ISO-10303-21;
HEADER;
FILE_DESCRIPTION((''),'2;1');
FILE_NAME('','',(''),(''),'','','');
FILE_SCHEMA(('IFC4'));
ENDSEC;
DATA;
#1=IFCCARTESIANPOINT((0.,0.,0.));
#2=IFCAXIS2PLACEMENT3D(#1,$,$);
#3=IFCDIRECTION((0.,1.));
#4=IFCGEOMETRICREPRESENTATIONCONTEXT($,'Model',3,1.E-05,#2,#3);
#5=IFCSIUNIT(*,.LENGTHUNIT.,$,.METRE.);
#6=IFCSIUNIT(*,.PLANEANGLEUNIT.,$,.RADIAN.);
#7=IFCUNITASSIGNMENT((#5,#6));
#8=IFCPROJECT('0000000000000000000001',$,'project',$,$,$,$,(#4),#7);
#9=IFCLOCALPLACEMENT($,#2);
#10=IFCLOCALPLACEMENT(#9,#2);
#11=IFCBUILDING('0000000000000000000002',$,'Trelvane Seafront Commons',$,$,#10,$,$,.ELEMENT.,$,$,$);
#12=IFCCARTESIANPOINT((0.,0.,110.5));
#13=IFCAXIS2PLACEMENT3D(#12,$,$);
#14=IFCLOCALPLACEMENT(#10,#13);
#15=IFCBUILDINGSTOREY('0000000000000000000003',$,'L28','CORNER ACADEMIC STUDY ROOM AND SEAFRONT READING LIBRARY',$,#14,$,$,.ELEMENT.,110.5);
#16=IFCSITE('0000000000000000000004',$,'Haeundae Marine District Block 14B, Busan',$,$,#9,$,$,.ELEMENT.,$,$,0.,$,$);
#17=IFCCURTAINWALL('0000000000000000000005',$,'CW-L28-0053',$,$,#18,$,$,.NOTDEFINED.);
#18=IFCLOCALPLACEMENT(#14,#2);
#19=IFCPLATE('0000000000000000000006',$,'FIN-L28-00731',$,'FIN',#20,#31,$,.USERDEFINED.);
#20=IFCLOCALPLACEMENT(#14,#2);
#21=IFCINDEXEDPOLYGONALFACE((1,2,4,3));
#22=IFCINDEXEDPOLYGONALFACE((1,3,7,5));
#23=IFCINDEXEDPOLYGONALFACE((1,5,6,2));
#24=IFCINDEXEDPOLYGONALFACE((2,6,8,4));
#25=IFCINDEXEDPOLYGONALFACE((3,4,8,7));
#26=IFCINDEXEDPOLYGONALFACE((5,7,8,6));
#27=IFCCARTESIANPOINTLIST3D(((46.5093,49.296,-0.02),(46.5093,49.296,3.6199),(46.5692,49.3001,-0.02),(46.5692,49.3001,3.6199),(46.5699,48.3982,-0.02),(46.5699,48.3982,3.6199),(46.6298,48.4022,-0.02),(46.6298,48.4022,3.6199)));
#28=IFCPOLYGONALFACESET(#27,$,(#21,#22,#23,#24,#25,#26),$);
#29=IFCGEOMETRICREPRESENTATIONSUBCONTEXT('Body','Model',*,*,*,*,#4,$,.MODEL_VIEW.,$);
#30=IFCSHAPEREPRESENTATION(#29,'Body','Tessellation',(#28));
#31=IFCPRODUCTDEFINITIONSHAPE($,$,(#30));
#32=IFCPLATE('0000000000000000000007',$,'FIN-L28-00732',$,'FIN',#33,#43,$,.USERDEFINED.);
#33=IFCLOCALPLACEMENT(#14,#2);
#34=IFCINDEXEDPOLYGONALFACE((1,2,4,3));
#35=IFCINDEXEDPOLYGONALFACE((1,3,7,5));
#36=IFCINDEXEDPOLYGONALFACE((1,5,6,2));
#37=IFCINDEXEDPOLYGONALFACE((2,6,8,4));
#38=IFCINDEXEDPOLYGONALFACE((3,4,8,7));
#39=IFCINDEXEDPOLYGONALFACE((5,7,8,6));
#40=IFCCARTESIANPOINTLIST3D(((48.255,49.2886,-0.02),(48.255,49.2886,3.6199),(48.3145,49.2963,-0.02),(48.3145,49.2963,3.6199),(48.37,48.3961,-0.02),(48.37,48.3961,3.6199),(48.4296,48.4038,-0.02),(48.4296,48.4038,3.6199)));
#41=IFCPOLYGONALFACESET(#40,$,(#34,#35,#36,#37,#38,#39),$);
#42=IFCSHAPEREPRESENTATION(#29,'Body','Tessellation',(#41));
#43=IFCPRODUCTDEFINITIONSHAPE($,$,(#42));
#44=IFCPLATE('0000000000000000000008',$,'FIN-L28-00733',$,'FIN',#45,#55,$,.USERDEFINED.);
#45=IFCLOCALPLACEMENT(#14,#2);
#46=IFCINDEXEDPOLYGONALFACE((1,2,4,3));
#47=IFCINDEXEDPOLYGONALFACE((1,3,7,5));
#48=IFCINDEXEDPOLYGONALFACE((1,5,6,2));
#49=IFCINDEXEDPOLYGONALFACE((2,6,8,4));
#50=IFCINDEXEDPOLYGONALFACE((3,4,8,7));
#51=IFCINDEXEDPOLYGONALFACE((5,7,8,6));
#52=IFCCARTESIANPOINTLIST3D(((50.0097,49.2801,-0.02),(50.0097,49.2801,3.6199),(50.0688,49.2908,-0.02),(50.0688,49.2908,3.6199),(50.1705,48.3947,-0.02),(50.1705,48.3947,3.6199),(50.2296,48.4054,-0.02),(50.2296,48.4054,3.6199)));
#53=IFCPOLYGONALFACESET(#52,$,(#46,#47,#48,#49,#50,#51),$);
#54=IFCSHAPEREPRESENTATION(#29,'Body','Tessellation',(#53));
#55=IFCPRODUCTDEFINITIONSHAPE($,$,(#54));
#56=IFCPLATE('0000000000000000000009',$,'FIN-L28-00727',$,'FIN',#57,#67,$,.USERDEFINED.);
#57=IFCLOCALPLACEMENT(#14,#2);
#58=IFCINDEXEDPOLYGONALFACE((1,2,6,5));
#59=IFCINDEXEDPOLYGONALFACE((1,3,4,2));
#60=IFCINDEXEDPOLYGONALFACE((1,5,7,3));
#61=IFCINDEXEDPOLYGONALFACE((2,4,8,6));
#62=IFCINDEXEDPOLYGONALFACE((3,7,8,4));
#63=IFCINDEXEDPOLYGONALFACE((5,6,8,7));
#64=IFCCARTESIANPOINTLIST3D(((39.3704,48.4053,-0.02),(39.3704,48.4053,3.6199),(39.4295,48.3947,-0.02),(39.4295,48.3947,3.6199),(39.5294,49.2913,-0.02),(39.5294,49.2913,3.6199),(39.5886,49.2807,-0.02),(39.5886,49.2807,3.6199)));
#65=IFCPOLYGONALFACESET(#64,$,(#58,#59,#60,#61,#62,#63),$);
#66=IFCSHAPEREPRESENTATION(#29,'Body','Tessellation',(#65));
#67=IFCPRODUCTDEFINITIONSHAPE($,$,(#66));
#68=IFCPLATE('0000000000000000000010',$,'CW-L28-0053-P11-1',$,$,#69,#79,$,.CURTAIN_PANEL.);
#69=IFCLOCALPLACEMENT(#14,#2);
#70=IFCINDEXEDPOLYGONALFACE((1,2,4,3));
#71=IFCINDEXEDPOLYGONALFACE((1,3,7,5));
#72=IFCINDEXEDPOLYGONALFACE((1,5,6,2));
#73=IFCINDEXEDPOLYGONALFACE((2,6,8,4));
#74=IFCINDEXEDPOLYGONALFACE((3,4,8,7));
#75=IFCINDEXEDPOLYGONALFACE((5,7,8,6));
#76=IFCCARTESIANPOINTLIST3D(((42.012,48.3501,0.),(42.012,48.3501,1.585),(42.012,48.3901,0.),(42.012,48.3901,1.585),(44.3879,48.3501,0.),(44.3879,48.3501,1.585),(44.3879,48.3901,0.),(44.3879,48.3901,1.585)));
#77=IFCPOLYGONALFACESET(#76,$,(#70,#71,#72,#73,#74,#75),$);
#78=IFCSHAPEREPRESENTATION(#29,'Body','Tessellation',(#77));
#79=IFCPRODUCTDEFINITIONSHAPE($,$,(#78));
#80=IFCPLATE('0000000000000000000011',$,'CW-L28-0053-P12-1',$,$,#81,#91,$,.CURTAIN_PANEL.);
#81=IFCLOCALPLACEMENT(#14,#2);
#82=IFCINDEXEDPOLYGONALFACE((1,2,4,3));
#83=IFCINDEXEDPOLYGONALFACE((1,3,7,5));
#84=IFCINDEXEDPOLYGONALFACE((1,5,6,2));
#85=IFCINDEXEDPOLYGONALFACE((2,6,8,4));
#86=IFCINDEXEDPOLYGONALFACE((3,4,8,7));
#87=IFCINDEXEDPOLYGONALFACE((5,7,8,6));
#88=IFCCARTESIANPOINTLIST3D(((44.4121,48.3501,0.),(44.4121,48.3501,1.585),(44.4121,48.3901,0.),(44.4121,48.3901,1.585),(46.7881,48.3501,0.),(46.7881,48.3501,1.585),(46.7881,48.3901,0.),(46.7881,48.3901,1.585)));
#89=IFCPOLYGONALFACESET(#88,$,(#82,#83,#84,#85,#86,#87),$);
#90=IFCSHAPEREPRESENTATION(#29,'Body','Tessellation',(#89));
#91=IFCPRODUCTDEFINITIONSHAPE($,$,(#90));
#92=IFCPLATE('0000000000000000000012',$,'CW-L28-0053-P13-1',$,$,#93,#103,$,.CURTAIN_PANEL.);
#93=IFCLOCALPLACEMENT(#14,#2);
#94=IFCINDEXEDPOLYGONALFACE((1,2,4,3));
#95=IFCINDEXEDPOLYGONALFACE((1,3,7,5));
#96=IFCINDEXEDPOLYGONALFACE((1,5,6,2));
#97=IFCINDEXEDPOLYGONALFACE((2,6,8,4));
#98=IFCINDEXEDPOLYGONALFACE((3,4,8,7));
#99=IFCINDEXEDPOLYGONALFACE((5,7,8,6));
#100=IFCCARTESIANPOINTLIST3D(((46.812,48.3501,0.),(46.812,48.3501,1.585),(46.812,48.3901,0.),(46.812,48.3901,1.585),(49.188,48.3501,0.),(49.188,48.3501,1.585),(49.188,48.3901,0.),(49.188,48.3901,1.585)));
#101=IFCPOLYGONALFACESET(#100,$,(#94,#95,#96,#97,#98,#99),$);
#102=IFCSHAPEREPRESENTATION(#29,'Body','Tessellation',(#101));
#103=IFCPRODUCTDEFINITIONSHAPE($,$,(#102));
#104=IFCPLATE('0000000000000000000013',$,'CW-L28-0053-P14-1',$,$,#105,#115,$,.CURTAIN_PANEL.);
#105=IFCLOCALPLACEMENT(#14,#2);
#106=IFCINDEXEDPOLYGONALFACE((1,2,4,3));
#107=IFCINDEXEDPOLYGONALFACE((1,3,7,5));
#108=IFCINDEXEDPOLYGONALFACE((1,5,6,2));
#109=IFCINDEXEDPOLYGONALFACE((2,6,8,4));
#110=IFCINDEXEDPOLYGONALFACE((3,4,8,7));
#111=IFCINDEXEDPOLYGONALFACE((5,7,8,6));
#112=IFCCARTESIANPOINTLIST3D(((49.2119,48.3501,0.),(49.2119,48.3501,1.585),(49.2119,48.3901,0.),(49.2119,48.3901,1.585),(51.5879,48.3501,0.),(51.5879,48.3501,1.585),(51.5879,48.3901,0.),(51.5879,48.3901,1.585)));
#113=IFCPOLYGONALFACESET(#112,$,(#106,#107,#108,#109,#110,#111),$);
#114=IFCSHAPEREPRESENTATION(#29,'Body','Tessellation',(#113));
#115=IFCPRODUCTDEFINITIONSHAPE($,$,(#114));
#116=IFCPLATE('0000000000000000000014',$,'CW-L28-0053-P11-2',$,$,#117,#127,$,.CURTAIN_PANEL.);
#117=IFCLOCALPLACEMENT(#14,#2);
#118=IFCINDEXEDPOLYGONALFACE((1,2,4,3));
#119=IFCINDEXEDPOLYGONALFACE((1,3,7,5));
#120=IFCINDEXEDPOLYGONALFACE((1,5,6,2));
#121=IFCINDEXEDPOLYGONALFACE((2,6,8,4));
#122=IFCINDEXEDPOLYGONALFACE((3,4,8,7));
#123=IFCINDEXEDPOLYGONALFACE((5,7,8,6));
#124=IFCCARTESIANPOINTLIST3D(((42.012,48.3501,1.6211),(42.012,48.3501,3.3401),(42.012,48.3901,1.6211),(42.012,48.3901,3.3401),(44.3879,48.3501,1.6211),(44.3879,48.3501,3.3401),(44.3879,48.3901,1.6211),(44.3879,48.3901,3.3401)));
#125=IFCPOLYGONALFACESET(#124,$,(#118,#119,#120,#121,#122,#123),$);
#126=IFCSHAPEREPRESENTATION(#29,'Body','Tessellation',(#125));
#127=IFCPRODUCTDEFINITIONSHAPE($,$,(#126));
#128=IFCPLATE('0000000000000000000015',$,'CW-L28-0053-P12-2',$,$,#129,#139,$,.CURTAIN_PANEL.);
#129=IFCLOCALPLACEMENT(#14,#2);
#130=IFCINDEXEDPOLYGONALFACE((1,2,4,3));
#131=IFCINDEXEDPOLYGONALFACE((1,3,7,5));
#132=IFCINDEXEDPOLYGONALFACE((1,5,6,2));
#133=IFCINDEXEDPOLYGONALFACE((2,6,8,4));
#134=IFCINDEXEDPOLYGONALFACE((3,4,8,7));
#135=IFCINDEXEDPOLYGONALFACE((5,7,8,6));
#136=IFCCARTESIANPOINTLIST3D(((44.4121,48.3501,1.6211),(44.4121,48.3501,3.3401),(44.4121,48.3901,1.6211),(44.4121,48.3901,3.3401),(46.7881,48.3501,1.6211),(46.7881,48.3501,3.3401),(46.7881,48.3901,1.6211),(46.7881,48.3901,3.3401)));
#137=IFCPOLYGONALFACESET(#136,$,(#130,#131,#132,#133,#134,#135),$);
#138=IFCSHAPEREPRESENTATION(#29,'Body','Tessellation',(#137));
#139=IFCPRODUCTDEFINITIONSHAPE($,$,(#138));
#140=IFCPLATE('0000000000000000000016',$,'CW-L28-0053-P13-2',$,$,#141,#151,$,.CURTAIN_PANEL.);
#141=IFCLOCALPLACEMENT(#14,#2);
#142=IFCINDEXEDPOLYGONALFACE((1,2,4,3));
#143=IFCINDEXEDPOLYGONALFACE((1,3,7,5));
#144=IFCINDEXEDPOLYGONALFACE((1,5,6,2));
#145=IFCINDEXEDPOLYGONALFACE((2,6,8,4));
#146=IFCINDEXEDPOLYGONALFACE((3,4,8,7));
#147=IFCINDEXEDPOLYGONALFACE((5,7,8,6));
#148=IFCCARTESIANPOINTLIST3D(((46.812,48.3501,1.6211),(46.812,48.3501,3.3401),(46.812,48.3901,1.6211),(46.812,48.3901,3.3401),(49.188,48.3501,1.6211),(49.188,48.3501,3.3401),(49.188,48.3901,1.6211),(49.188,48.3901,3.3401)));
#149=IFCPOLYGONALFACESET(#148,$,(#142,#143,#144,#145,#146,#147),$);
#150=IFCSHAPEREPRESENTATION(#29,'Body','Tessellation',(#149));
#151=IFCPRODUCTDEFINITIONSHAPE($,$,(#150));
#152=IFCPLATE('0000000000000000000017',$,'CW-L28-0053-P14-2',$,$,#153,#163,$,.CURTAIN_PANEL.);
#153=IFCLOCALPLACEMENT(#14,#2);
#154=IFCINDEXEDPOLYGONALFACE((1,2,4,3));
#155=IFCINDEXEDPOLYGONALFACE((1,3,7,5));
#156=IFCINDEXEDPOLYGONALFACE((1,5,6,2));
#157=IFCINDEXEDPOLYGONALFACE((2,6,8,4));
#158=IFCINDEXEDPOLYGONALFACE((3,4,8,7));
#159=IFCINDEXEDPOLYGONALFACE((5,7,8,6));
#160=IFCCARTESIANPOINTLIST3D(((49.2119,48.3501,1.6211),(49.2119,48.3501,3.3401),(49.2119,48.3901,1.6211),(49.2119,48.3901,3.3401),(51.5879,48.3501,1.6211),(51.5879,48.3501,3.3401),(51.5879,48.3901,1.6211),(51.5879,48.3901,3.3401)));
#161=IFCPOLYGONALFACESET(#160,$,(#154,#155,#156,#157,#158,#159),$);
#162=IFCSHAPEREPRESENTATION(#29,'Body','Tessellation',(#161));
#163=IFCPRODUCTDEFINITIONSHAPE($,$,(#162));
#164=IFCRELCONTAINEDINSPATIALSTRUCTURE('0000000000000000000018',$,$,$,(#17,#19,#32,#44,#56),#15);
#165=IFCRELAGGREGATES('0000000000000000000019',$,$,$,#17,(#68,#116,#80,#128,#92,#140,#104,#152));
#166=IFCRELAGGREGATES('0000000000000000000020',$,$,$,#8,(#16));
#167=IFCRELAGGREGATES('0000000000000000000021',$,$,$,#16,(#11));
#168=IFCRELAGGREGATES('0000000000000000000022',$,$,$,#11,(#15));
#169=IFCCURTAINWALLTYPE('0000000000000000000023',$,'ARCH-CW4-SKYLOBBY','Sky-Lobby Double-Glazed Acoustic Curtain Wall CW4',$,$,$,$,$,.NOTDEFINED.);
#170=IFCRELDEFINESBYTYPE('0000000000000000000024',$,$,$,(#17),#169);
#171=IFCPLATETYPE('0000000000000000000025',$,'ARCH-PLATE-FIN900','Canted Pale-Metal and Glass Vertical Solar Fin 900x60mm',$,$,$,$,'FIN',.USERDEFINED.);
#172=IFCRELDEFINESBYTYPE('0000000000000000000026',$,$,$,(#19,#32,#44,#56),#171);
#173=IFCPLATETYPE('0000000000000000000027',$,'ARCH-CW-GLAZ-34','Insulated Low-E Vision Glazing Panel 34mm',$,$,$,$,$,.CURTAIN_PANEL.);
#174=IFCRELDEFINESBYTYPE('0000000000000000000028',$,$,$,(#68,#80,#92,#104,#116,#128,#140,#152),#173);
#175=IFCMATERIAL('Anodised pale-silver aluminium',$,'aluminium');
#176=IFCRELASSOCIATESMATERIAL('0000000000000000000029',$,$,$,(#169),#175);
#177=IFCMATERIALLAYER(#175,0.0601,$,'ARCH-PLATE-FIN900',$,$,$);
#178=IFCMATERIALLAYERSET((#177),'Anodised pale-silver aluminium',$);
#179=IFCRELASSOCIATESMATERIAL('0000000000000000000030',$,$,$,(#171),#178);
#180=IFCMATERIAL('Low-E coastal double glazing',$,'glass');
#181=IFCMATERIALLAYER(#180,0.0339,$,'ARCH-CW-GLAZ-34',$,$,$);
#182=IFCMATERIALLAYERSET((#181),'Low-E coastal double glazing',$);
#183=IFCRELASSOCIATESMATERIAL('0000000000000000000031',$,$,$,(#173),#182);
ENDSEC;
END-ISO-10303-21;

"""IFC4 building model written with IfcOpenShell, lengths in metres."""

from ifc_helpers import new_model, si_unit, direction, frame, origin, origin_2d, place, context, subcontext, project, spatial, rectangle, extrude, source, transform, mapped, material, layer, layer_set, type_object, element, aggregate, save


model = new_model("IFC4")

# Units and contexts
model_context = context("Model", 3, precision=1e-05, world=origin(), true_north=direction((0.0, 1.0)))
body_context = subcontext(model_context, "Body", "Model", "MODEL_VIEW")
ifc_project = project(units=[si_unit("LENGTHUNIT", "METRE"), si_unit("PLANEANGLEUNIT", "RADIAN")], contexts=[model_context])

# Site, building, storey
site_placement = place(None, origin())
site = spatial("IfcSite", under=ifc_project, at=site_placement, Name="Haeundae Marine District Block 14B, Busan", CompositionType="ELEMENT", RefElevation=0.0)
building_placement = place(site_placement, origin())
building = spatial("IfcBuilding", under=site, at=building_placement, Name="Trelvane Seafront Commons", CompositionType="ELEMENT")
storey_placement = place(building_placement, frame((0.0, 0.0, 110.5)))
storey = spatial("IfcBuildingStorey", under=building, at=storey_placement, Name="L28", Description="CORNER ACADEMIC STUDY ROOM AND SEAFRONT READING LIBRARY", CompositionType="ELEMENT", Elevation=110.5)

# Curtain wall
ifc_material_1 = material(Name="Anodised pale-silver aluminium", Category="aluminium")
curtain_wall_type = type_object("IfcCurtainWallType", Name="ARCH-CW4-SKYLOBBY", Description="Sky-Lobby Double-Glazed Acoustic Curtain Wall CW4", PredefinedType="NOTDEFINED", material=ifc_material_1)
curtain_wall_placement = place(storey_placement, origin())
curtain_wall = element("IfcCurtainWall", 1, at=curtain_wall_placement, inside=storey, type_object=curtain_wall_type, Name="CW-L28-0053", PredefinedType="NOTDEFINED")

# Plates
ifc_layer_1 = layer(ifc_material_1, 0.0601, Name="ARCH-PLATE-FIN900")
ifc_layer_set_1 = layer_set([ifc_layer_1], Name="Anodised pale-silver aluminium")
plate_type_1 = type_object("IfcPlateType", Name="ARCH-PLATE-FIN900", Description="Canted Pale-Metal and Glass Vertical Solar Fin 900x60mm", ElementType="FIN", PredefinedType="USERDEFINED", material=ifc_layer_set_1)
shared_shape_1 = source(origin(), body_context, "Body", "SweptSolid", [
    extrude(rectangle(XDim=0.8999, YDim=0.0601, at=origin_2d()), origin(), (0.0, 0.0, 1.0), 3.6399),
])
for number, where, z_axis, x_axis, name in (
    (2, (46.5696, 48.8491, -0.02), (0.0, 0.0, 1.0), (-0.067331, 0.997731, 0.0), "FIN-L28-00731"),
    (3, (48.3423, 48.8462, -0.02), (0.0, 0.0, 1.0), (-0.12789, 0.991788, 0.0), "FIN-L28-00732"),
    (4, (50.1196, 48.8428, -0.02), (0.0, 0.0, 1.0), (-0.17867, 0.983909, 0.0), "FIN-L28-00733"),
):
    element("IfcPlate", number, at=place(storey_placement, frame(where, z_axis=z_axis, x_axis=x_axis)), inside=storey, type_object=plate_type_1, Name=name, ObjectType="FIN", PredefinedType="USERDEFINED", context=body_context, shape_type="MappedRepresentation", body=[
        mapped(shared_shape_1, transform((0.0, 0.0, 0.0), x_axis=(1.0, 0.0, 0.0), y_axis=(0.0, 1.0, 0.0), z_axis=(0.0, 0.0, 1.0), scale=1.0)),
    ])
shared_shape_2 = source(origin(), body_context, "Body", "SweptSolid", [
    extrude(rectangle(XDim=0.9001, YDim=0.0601, at=origin_2d()), origin(), (0.0, 0.0, 1.0), 3.6399),
])
plate_1_placement = place(storey_placement, frame((39.4795, 48.843, -0.02), z_axis=(0.0, 0.0, 1.0), x_axis=(0.176655, 0.984273, 0.0)))
element("IfcPlate", 5, at=plate_1_placement, inside=storey, type_object=plate_type_1, Name="FIN-L28-00727", ObjectType="FIN", PredefinedType="USERDEFINED", context=body_context, shape_type="MappedRepresentation", body=[
    mapped(shared_shape_2, transform((0.0, 0.0, 0.0), x_axis=(1.0, 0.0, 0.0), y_axis=(0.0, 1.0, 0.0), z_axis=(0.0, 0.0, 1.0), scale=1.0)),
])

# Plates
ifc_material_2 = material(Name="Low-E coastal double glazing", Category="glass")
ifc_layer_2 = layer(ifc_material_2, 0.0339, Name="ARCH-CW-GLAZ-34")
ifc_layer_set_2 = layer_set([ifc_layer_2], Name="Low-E coastal double glazing")
plate_type_2 = type_object("IfcPlateType", Name="ARCH-CW-GLAZ-34", Description="Insulated Low-E Vision Glazing Panel 34mm", PredefinedType="CURTAIN_PANEL", material=ifc_layer_set_2)
shared_shape_3 = source(origin(), body_context, "Body", "SweptSolid", [
    extrude(rectangle(XDim=2.376, YDim=0.04, at=origin_2d()), origin(), (0.0, 0.0, 1.0), 1.585),
])
plate_2_placement = place(storey_placement, frame((43.2, 48.3701, 0.0), z_axis=(0.0, 0.0, 1.0), x_axis=(1.0, 0.0, 0.0)))
plate_2 = element("IfcPlate", 6, at=plate_2_placement, type_object=plate_type_2, Name="CW-L28-0053-P11-1", PredefinedType="CURTAIN_PANEL", context=body_context, shape_type="MappedRepresentation", body=[
    mapped(shared_shape_3, transform((0.0, 0.0, 0.0), x_axis=(1.0, 0.0, 0.0), y_axis=(0.0, 1.0, 0.0), z_axis=(0.0, 0.0, 1.0), scale=1.0)),
])
plate_3_placement = place(storey_placement, frame((45.6001, 48.3701, 0.0), z_axis=(0.0, 0.0, 1.0), x_axis=(1.0, 0.0, 0.0)))
plate_3 = element("IfcPlate", 7, at=plate_3_placement, type_object=plate_type_2, Name="CW-L28-0053-P12-1", PredefinedType="CURTAIN_PANEL", context=body_context, shape_type="MappedRepresentation", body=[
    mapped(shared_shape_3, transform((0.0, 0.0, 0.0), x_axis=(1.0, 0.0, 0.0), y_axis=(0.0, 1.0, 0.0), z_axis=(0.0, 0.0, 1.0), scale=1.0)),
])
plate_4_placement = place(storey_placement, frame((48.0, 48.3701, 0.0), z_axis=(0.0, 0.0, 1.0), x_axis=(1.0, 0.0, 0.0)))
plate_4 = element("IfcPlate", 8, at=plate_4_placement, type_object=plate_type_2, Name="CW-L28-0053-P13-1", PredefinedType="CURTAIN_PANEL", context=body_context, shape_type="MappedRepresentation", body=[
    mapped(shared_shape_3, transform((0.0, 0.0, 0.0), x_axis=(1.0, 0.0, 0.0), y_axis=(0.0, 1.0, 0.0), z_axis=(0.0, 0.0, 1.0), scale=1.0)),
])
plate_5_placement = place(storey_placement, frame((50.3999, 48.3701, 0.0), z_axis=(0.0, 0.0, 1.0), x_axis=(1.0, 0.0, 0.0)))
plate_5 = element("IfcPlate", 9, at=plate_5_placement, type_object=plate_type_2, Name="CW-L28-0053-P14-1", PredefinedType="CURTAIN_PANEL", context=body_context, shape_type="MappedRepresentation", body=[
    mapped(shared_shape_3, transform((0.0, 0.0, 0.0), x_axis=(1.0, 0.0, 0.0), y_axis=(0.0, 1.0, 0.0), z_axis=(0.0, 0.0, 1.0), scale=1.0)),
])
shared_shape_4 = source(origin(), body_context, "Body", "SweptSolid", [
    extrude(rectangle(XDim=2.376, YDim=0.04, at=origin_2d()), origin(), (0.0, 0.0, 1.0), 1.719),
])
plate_6_placement = place(storey_placement, frame((43.2, 48.3701, 1.6211), z_axis=(0.0, 0.0, 1.0), x_axis=(1.0, 0.0, 0.0)))
plate_6 = element("IfcPlate", 10, at=plate_6_placement, type_object=plate_type_2, Name="CW-L28-0053-P11-2", PredefinedType="CURTAIN_PANEL", context=body_context, shape_type="MappedRepresentation", body=[
    mapped(shared_shape_4, transform((0.0, 0.0, 0.0), x_axis=(1.0, 0.0, 0.0), y_axis=(0.0, 1.0, 0.0), z_axis=(0.0, 0.0, 1.0), scale=1.0)),
])
plate_7_placement = place(storey_placement, frame((45.6001, 48.3701, 1.6211), z_axis=(0.0, 0.0, 1.0), x_axis=(1.0, 0.0, 0.0)))
plate_7 = element("IfcPlate", 11, at=plate_7_placement, type_object=plate_type_2, Name="CW-L28-0053-P12-2", PredefinedType="CURTAIN_PANEL", context=body_context, shape_type="MappedRepresentation", body=[
    mapped(shared_shape_4, transform((0.0, 0.0, 0.0), x_axis=(1.0, 0.0, 0.0), y_axis=(0.0, 1.0, 0.0), z_axis=(0.0, 0.0, 1.0), scale=1.0)),
])
plate_8_placement = place(storey_placement, frame((48.0, 48.3701, 1.6211), z_axis=(0.0, 0.0, 1.0), x_axis=(1.0, 0.0, 0.0)))
plate_8 = element("IfcPlate", 12, at=plate_8_placement, type_object=plate_type_2, Name="CW-L28-0053-P13-2", PredefinedType="CURTAIN_PANEL", context=body_context, shape_type="MappedRepresentation", body=[
    mapped(shared_shape_4, transform((0.0, 0.0, 0.0), x_axis=(1.0, 0.0, 0.0), y_axis=(0.0, 1.0, 0.0), z_axis=(0.0, 0.0, 1.0), scale=1.0)),
])
plate_9_placement = place(storey_placement, frame((50.3999, 48.3701, 1.6211), z_axis=(0.0, 0.0, 1.0), x_axis=(1.0, 0.0, 0.0)))
plate_9 = element("IfcPlate", 13, at=plate_9_placement, type_object=plate_type_2, Name="CW-L28-0053-P14-2", PredefinedType="CURTAIN_PANEL", context=body_context, shape_type="MappedRepresentation", body=[
    mapped(shared_shape_4, transform((0.0, 0.0, 0.0), x_axis=(1.0, 0.0, 0.0), y_axis=(0.0, 1.0, 0.0), z_axis=(0.0, 0.0, 1.0), scale=1.0)),
])
aggregate(curtain_wall, [plate_2, plate_6, plate_3, plate_7, plate_4, plate_8, plate_5, plate_9])

save(model, "model.ifc")
